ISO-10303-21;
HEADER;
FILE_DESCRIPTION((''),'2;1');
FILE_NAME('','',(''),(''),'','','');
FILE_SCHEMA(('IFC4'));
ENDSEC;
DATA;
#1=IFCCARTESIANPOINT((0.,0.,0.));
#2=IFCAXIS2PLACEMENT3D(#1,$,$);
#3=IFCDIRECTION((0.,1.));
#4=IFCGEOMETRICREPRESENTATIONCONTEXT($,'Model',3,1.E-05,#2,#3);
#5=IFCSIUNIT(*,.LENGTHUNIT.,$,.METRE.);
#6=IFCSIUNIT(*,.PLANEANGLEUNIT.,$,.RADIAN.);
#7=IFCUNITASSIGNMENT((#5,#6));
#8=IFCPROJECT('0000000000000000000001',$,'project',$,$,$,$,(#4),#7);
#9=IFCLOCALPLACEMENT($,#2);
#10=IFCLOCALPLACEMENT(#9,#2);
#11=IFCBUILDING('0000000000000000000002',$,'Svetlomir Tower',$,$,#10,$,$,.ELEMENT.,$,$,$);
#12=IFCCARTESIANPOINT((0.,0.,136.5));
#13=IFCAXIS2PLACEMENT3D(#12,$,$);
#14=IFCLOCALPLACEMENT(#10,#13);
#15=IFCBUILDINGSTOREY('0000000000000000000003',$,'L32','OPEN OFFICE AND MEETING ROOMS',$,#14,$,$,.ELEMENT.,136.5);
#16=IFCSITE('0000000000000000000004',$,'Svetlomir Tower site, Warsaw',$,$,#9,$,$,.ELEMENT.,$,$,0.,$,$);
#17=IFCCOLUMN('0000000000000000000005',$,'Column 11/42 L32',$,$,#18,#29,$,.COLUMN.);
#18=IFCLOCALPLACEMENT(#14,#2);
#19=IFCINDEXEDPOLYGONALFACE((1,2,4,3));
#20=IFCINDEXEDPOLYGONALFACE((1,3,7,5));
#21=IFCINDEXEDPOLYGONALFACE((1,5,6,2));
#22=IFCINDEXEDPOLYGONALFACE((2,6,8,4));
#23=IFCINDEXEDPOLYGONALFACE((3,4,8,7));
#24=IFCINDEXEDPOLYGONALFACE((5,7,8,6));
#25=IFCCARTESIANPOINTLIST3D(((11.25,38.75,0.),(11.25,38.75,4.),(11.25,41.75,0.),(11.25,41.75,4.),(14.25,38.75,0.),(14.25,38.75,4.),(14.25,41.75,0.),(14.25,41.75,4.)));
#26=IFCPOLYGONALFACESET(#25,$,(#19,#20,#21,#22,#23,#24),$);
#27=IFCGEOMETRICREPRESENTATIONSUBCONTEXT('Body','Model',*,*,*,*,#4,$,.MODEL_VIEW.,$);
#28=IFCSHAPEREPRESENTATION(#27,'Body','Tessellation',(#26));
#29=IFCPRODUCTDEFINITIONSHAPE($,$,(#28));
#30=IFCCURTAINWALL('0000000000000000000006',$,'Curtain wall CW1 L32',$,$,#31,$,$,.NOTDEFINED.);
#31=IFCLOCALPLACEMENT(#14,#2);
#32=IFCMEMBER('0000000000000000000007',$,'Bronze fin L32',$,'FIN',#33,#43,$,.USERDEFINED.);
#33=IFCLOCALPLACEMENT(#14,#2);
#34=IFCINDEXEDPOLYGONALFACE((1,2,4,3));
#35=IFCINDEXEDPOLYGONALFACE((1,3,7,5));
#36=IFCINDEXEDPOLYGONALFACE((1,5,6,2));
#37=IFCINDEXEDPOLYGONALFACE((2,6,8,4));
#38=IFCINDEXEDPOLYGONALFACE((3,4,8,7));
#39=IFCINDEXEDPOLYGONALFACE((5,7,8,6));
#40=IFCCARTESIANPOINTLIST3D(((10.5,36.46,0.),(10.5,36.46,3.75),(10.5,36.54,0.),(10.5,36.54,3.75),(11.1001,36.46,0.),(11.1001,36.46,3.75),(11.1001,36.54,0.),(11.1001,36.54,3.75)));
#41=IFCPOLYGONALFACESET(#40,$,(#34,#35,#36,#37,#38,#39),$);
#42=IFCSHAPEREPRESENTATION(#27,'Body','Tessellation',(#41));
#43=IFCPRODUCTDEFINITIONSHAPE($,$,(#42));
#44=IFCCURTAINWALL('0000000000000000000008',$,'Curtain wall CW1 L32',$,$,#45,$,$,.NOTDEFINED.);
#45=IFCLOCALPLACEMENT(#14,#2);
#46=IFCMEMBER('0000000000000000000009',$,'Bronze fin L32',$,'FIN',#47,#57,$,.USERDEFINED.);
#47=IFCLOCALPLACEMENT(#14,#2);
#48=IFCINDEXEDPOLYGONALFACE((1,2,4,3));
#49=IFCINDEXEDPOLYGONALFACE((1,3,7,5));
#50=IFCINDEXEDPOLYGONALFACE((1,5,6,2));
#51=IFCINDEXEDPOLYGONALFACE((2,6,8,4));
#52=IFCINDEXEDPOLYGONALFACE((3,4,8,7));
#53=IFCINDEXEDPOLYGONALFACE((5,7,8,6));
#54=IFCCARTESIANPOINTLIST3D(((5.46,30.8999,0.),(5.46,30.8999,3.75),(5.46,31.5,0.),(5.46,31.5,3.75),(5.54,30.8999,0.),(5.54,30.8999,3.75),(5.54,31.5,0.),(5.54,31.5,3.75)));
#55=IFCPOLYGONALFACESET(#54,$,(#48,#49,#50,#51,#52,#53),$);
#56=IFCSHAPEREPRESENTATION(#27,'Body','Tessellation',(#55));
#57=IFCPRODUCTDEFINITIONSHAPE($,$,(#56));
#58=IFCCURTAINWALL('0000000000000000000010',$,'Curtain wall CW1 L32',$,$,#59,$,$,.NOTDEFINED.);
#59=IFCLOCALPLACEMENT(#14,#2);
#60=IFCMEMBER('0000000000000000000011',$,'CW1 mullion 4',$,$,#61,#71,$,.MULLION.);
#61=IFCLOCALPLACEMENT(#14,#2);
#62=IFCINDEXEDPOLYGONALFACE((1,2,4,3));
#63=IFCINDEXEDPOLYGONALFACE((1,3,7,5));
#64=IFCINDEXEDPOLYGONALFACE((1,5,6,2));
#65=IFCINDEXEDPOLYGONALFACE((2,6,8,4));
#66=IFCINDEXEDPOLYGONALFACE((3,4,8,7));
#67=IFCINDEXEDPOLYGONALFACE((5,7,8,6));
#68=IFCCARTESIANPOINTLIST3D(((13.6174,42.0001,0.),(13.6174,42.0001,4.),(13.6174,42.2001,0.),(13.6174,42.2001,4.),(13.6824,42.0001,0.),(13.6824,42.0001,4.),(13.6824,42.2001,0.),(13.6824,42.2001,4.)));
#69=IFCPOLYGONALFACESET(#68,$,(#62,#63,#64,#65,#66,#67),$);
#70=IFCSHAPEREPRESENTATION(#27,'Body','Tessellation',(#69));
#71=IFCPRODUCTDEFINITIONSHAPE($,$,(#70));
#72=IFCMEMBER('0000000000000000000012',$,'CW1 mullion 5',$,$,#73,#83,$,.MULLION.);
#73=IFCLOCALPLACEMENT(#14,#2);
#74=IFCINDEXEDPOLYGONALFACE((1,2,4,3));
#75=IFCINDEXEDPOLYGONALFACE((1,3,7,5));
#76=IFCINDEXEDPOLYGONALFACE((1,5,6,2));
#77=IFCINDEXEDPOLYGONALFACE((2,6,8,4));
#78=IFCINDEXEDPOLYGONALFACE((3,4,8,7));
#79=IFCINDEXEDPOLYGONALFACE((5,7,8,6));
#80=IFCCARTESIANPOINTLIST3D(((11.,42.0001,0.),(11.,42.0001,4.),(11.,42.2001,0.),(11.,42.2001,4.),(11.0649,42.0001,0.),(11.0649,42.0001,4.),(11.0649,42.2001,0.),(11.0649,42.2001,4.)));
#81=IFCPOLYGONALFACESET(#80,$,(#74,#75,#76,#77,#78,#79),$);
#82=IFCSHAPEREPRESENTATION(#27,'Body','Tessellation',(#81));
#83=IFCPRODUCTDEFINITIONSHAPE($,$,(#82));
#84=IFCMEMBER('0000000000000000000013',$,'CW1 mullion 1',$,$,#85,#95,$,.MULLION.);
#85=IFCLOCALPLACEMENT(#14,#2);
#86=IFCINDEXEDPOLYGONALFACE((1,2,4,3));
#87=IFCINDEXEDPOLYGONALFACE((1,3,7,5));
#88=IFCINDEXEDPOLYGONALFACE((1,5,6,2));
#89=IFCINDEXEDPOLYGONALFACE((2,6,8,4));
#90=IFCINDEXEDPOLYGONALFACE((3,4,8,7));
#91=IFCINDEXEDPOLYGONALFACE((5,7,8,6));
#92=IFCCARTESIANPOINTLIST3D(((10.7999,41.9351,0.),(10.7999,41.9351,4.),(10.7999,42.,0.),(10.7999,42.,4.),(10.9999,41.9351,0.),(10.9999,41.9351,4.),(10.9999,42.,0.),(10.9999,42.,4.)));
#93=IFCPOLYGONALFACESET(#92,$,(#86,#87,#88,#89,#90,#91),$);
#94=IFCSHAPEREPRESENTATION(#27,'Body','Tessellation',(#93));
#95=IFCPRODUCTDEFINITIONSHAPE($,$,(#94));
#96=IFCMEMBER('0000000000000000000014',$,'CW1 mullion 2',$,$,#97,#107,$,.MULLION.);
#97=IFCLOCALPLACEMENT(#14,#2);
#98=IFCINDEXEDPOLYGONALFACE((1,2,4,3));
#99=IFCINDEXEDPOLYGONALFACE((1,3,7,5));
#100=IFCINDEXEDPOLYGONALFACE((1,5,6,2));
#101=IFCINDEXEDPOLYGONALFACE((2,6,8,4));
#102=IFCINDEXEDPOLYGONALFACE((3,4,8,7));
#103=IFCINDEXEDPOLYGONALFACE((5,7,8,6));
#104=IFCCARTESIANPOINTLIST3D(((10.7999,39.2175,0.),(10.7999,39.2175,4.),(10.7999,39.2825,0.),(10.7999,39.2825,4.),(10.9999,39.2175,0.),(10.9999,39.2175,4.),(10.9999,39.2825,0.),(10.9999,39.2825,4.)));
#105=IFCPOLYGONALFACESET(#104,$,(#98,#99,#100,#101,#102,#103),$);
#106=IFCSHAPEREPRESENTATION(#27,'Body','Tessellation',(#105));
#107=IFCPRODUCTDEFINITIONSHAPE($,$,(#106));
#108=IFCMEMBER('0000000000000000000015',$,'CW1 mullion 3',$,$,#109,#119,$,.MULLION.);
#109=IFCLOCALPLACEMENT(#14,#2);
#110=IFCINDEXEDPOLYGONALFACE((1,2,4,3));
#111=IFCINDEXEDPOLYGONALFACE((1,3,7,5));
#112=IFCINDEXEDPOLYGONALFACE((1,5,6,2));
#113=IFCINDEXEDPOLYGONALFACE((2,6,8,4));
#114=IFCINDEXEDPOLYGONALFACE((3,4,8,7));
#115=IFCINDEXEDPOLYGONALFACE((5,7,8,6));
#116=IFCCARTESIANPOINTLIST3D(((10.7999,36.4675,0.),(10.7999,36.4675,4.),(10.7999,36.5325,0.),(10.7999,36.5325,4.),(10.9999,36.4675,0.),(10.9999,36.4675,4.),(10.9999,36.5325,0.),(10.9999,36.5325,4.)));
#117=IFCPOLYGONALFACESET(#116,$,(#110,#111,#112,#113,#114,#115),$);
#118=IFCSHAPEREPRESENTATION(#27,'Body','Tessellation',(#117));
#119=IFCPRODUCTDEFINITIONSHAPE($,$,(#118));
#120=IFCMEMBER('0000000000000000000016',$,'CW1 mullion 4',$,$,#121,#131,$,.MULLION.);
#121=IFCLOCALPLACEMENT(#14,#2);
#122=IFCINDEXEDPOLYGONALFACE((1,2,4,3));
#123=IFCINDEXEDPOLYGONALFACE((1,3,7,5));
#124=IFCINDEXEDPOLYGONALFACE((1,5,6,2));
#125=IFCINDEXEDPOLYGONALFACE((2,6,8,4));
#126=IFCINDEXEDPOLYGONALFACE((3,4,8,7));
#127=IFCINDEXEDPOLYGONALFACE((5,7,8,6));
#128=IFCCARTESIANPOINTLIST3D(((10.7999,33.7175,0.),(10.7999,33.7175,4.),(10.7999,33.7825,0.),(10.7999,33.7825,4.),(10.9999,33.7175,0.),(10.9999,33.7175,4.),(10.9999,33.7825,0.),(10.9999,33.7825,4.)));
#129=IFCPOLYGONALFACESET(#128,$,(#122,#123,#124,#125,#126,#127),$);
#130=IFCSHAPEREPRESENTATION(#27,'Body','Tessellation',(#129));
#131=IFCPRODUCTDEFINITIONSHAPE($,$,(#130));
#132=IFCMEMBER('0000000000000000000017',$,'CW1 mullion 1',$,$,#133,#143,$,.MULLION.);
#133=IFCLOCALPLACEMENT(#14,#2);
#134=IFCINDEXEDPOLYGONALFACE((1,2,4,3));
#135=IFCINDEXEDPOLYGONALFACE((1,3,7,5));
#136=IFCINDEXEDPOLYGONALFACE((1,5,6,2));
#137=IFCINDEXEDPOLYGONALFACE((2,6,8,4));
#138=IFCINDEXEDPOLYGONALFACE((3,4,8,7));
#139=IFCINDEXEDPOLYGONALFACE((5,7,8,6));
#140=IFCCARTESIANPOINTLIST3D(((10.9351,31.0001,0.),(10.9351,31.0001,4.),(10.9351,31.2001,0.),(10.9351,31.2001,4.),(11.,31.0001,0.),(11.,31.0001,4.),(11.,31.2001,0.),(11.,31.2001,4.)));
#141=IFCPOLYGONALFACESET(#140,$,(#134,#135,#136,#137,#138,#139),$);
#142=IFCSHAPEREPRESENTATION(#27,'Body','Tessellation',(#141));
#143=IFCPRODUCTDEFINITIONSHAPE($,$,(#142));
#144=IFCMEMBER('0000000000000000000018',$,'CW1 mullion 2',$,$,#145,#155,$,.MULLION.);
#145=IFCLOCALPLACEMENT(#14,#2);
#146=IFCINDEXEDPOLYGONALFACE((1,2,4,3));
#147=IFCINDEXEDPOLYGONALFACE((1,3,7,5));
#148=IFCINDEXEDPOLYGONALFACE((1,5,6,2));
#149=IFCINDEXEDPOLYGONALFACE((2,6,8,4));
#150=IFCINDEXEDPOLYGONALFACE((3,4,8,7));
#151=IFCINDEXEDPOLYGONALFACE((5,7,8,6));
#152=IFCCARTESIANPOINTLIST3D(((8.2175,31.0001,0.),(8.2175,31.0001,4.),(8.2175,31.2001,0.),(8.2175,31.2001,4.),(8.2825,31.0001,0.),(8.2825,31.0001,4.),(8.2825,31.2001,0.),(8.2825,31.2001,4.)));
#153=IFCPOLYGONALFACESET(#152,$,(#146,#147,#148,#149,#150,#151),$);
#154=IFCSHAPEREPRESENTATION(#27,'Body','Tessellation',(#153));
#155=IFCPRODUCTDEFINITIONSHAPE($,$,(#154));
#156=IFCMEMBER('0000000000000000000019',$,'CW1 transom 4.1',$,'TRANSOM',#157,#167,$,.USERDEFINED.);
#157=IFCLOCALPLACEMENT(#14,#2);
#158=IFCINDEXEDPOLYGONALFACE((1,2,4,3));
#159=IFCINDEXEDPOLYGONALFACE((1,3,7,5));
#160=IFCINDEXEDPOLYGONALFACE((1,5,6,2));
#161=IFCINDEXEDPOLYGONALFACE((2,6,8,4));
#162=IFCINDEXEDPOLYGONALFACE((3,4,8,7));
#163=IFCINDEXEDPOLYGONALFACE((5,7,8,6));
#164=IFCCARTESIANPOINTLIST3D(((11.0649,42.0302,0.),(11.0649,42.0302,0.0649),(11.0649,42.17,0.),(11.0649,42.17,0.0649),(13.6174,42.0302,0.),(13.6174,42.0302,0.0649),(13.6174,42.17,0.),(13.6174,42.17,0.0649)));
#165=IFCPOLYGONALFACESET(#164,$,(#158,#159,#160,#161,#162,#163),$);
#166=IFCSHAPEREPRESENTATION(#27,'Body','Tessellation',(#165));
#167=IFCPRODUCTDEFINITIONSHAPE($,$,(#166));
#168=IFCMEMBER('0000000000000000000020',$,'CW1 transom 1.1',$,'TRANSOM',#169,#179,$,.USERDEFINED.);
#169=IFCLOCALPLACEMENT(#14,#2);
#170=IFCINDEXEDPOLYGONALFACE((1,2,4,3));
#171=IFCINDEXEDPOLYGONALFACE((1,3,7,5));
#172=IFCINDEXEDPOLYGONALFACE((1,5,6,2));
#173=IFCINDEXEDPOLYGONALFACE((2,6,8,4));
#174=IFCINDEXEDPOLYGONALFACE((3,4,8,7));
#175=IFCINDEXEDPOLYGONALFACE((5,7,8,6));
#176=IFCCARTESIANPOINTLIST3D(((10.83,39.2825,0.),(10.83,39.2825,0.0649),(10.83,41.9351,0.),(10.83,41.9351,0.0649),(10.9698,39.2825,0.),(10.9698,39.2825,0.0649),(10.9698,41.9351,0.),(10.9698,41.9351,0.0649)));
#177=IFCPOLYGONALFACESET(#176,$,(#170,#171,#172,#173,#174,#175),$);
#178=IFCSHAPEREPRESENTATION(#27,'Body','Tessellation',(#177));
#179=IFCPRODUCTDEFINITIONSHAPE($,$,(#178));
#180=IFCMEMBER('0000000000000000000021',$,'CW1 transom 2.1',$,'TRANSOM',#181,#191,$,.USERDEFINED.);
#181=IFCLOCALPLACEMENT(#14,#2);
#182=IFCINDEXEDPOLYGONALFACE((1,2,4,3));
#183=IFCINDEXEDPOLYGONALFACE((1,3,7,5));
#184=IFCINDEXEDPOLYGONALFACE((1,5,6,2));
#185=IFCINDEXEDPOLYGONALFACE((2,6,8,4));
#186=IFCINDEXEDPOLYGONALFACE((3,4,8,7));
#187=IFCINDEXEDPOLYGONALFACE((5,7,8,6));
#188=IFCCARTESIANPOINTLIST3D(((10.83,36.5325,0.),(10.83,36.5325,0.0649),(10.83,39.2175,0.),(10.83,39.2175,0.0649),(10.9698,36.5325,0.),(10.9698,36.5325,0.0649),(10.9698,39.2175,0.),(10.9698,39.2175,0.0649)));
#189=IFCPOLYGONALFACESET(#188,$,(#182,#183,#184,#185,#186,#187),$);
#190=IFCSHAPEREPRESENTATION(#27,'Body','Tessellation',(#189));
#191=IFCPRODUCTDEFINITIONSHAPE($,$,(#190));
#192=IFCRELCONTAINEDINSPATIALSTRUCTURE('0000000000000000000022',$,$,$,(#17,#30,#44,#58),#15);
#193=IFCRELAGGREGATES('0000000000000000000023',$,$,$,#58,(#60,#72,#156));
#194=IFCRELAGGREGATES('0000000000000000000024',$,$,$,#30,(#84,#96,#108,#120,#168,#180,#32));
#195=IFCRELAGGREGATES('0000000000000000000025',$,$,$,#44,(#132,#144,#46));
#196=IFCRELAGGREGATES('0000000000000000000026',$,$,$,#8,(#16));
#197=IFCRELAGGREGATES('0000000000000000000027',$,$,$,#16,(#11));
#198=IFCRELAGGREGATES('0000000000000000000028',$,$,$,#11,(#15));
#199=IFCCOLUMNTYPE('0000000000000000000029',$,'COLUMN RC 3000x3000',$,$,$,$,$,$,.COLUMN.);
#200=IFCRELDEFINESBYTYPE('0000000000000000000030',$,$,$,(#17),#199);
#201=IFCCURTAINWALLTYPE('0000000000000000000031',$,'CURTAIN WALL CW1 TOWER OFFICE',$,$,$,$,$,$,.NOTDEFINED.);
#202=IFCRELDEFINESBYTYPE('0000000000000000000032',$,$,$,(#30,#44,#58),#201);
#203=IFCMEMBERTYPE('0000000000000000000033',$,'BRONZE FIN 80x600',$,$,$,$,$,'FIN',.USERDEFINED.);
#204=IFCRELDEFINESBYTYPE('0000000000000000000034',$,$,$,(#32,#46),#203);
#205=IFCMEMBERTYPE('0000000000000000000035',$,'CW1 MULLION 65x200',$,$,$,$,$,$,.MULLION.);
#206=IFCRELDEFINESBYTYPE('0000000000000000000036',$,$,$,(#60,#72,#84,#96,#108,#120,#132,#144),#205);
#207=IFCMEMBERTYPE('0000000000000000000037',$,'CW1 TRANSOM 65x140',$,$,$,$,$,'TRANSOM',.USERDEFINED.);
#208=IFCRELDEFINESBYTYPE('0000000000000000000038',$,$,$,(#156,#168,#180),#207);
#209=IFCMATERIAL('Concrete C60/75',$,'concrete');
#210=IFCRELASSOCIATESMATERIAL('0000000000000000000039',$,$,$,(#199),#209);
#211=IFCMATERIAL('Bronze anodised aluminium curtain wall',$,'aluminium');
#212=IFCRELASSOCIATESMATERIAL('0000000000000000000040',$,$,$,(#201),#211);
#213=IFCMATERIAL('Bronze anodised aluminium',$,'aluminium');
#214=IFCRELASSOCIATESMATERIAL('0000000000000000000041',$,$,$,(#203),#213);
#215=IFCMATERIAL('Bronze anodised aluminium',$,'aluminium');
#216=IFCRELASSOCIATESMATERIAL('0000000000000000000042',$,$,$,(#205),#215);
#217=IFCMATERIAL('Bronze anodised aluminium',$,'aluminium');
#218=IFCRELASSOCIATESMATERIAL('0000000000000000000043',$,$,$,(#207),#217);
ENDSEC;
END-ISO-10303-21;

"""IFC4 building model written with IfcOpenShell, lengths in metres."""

from ifc_helpers import new_model, si_unit, direction, frame, origin, origin_2d, place, context, subcontext, project, spatial, rectangle, extrude, material, material_profile, profile_set, type_object, element, aggregate, save


model = new_model("IFC4")

# Units and contexts
model_context = context("Model", 3, precision=1e-05, world=origin(), true_north=direction((0.0, 1.0)))
body_context = subcontext(model_context, "Body", "Model", "MODEL_VIEW")
ifc_project = project(units=[si_unit("LENGTHUNIT", "METRE"), si_unit("PLANEANGLEUNIT", "RADIAN")], contexts=[model_context])

# Site, building, storey
site_placement = place(None, origin())
site = spatial("IfcSite", under=ifc_project, at=site_placement, Name="Svetlomir Tower site, Warsaw", CompositionType="ELEMENT", RefElevation=0.0)
building_placement = place(site_placement, origin())
building = spatial("IfcBuilding", under=site, at=building_placement, Name="Svetlomir Tower", CompositionType="ELEMENT")
storey_placement = place(building_placement, frame((0.0, 0.0, 136.5)))
storey = spatial("IfcBuildingStorey", under=building, at=storey_placement, Name="L32", Description="OPEN OFFICE AND MEETING ROOMS", CompositionType="ELEMENT", Elevation=136.5)

# Column
ifc_material_1 = material(Name="Concrete C60/75", Category="concrete")
ifc_material_profile_1 = material_profile(ifc_material_1, rectangle(XDim=3.0, YDim=3.0, at=origin_2d()), Name="RC 3000x3000")
ifc_profile_set_1 = profile_set([ifc_material_profile_1], Name="Concrete C60/75")
column_type = type_object("IfcColumnType", Name="COLUMN RC 3000x3000", PredefinedType="COLUMN", material=ifc_profile_set_1)
column_placement = place(storey_placement, frame((12.75, 40.25, 0.0), z_axis=(0.0, 0.0, 1.0), x_axis=(1.0, 0.0, 0.0)))
element("IfcColumn", 1, at=column_placement, inside=storey, type_object=column_type, Name="Column 11/42 L32", PredefinedType="COLUMN", context=body_context, shape_type="SweptSolid", body=[
    extrude(rectangle(XDim=3.0, YDim=3.0, at=origin_2d()), origin(), (0.0, 0.0, 1.0), 4.0),
])

# Curtain walls, members
ifc_material_2 = material(Name="Bronze anodised aluminium curtain wall", Category="aluminium")
curtain_wall_type = type_object("IfcCurtainWallType", Name="CURTAIN WALL CW1 TOWER OFFICE", PredefinedType="NOTDEFINED", material=ifc_material_2)
curtain_wall_1_placement = place(storey_placement, origin())
curtain_wall_1 = element("IfcCurtainWall", 2, at=curtain_wall_1_placement, inside=storey, type_object=curtain_wall_type, Name="Curtain wall CW1 L32", PredefinedType="NOTDEFINED")
ifc_material_3 = material(Name="Bronze anodised aluminium", Category="aluminium")
ifc_material_profile_2 = material_profile(ifc_material_3, rectangle(XDim=0.0801, YDim=0.6001, at=origin_2d()), Name="FIN 80x600")
ifc_profile_set_2 = profile_set([ifc_material_profile_2], Name="Bronze anodised aluminium 6063-T6")
member_type_1 = type_object("IfcMemberType", Name="BRONZE FIN 80x600", ElementType="FIN", PredefinedType="USERDEFINED", material=ifc_profile_set_2)
member_1_placement = place(storey_placement, frame((10.8, 36.5, 0.0), z_axis=(0.0, 0.0, 1.0), x_axis=(0.0, 1.0, 0.0)))
member_1 = element("IfcMember", 3, at=member_1_placement, type_object=member_type_1, Name="Bronze fin L32", ObjectType="FIN", PredefinedType="USERDEFINED", context=body_context, shape_type="SweptSolid", body=[
    extrude(rectangle(XDim=0.0801, YDim=0.6001, at=origin_2d()), origin(), (0.0, 0.0, 1.0), 3.75),
])
curtain_wall_2_placement = place(storey_placement, origin())
curtain_wall_2 = element("IfcCurtainWall", 4, at=curtain_wall_2_placement, inside=storey, type_object=curtain_wall_type, Name="Curtain wall CW1 L32", PredefinedType="NOTDEFINED")
member_2_placement = place(storey_placement, frame((5.5, 31.2, 0.0), z_axis=(0.0, 0.0, 1.0), x_axis=(1.0, 0.0, 0.0)))
member_2 = element("IfcMember", 5, at=member_2_placement, type_object=member_type_1, Name="Bronze fin L32", ObjectType="FIN", PredefinedType="USERDEFINED", context=body_context, shape_type="SweptSolid", body=[
    extrude(rectangle(XDim=0.0801, YDim=0.6001, at=origin_2d()), origin(), (0.0, 0.0, 1.0), 3.75),
])

# Curtain wall, members
curtain_wall_3_placement = place(storey_placement, origin())
curtain_wall_3 = element("IfcCurtainWall", 6, at=curtain_wall_3_placement, inside=storey, type_object=curtain_wall_type, Name="Curtain wall CW1 L32", PredefinedType="NOTDEFINED")
ifc_material_4 = material(Name="Bronze anodised aluminium", Category="aluminium")
ifc_material_profile_3 = material_profile(ifc_material_4, rectangle(XDim=0.0649, YDim=0.2, at=origin_2d()), Name="AL 65x200")
ifc_profile_set_3 = profile_set([ifc_material_profile_3], Name="Bronze anodised aluminium 6063-T6")
member_type_2 = type_object("IfcMemberType", Name="CW1 MULLION 65x200", PredefinedType="MULLION", material=ifc_profile_set_3)
member_3_placement = place(storey_placement, frame((13.6499, 42.1001, 0.0), z_axis=(0.0, 0.0, 1.0), x_axis=(-1.0, 0.0, 0.0)))
member_3 = element("IfcMember", 7, at=member_3_placement, type_object=member_type_2, Name="CW1 mullion 4", PredefinedType="MULLION", context=body_context, shape_type="SweptSolid", body=[
    extrude(rectangle(XDim=0.0649, YDim=0.2, at=origin_2d()), origin(), (0.0, 0.0, 1.0), 4.0),
])
member_4_placement = place(storey_placement, frame((11.0325, 42.1001, 0.0), z_axis=(0.0, 0.0, 1.0), x_axis=(-1.0, 0.0, 0.0)))
member_4 = element("IfcMember", 8, at=member_4_placement, type_object=member_type_2, Name="CW1 mullion 5", PredefinedType="MULLION", context=body_context, shape_type="SweptSolid", body=[
    extrude(rectangle(XDim=0.0649, YDim=0.2, at=origin_2d()), origin(), (0.0, 0.0, 1.0), 4.0),
])

# Members
member_5_placement = place(storey_placement, frame((10.8999, 41.9675, 0.0), z_axis=(0.0, 0.0, 1.0), x_axis=(0.0, -1.0, 0.0)))
member_5 = element("IfcMember", 9, at=member_5_placement, type_object=member_type_2, Name="CW1 mullion 1", PredefinedType="MULLION", context=body_context, shape_type="SweptSolid", body=[
    extrude(rectangle(XDim=0.0649, YDim=0.2, at=origin_2d()), origin(), (0.0, 0.0, 1.0), 4.0),
])
member_6_placement = place(storey_placement, frame((10.8999, 39.25, 0.0), z_axis=(0.0, 0.0, 1.0), x_axis=(0.0, -1.0, 0.0)))
member_6 = element("IfcMember", 10, at=member_6_placement, type_object=member_type_2, Name="CW1 mullion 2", PredefinedType="MULLION", context=body_context, shape_type="SweptSolid", body=[
    extrude(rectangle(XDim=0.0649, YDim=0.2, at=origin_2d()), origin(), (0.0, 0.0, 1.0), 4.0),
])
member_7_placement = place(storey_placement, frame((10.8999, 36.5, 0.0), z_axis=(0.0, 0.0, 1.0), x_axis=(0.0, -1.0, 0.0)))
member_7 = element("IfcMember", 11, at=member_7_placement, type_object=member_type_2, Name="CW1 mullion 3", PredefinedType="MULLION", context=body_context, shape_type="SweptSolid", body=[
    extrude(rectangle(XDim=0.0649, YDim=0.2, at=origin_2d()), origin(), (0.0, 0.0, 1.0), 4.0),
])
member_8_placement = place(storey_placement, frame((10.8999, 33.75, 0.0), z_axis=(0.0, 0.0, 1.0), x_axis=(0.0, -1.0, 0.0)))
member_8 = element("IfcMember", 12, at=member_8_placement, type_object=member_type_2, Name="CW1 mullion 4", PredefinedType="MULLION", context=body_context, shape_type="SweptSolid", body=[
    extrude(rectangle(XDim=0.0649, YDim=0.2, at=origin_2d()), origin(), (0.0, 0.0, 1.0), 4.0),
])
member_9_placement = place(storey_placement, frame((10.9675, 31.1001, 0.0), z_axis=(0.0, 0.0, 1.0), x_axis=(-1.0, 0.0, 0.0)))
member_9 = element("IfcMember", 13, at=member_9_placement, type_object=member_type_2, Name="CW1 mullion 1", PredefinedType="MULLION", context=body_context, shape_type="SweptSolid", body=[
    extrude(rectangle(XDim=0.0649, YDim=0.2, at=origin_2d()), origin(), (0.0, 0.0, 1.0), 4.0),
])
member_10_placement = place(storey_placement, frame((8.25, 31.1001, 0.0), z_axis=(0.0, 0.0, 1.0), x_axis=(-1.0, 0.0, 0.0)))
member_10 = element("IfcMember", 14, at=member_10_placement, type_object=member_type_2, Name="CW1 mullion 2", PredefinedType="MULLION", context=body_context, shape_type="SweptSolid", body=[
    extrude(rectangle(XDim=0.0649, YDim=0.2, at=origin_2d()), origin(), (0.0, 0.0, 1.0), 4.0),
])
ifc_material_5 = material(Name="Bronze anodised aluminium", Category="aluminium")
ifc_material_profile_4 = material_profile(ifc_material_5, rectangle(XDim=0.1399, YDim=0.0649, at=origin_2d()), Name="AL 140x65")
ifc_profile_set_4 = profile_set([ifc_material_profile_4], Name="Bronze anodised aluminium 6063-T6")
member_type_3 = type_object("IfcMemberType", Name="CW1 TRANSOM 65x140", ElementType="TRANSOM", PredefinedType="USERDEFINED", material=ifc_profile_set_4)
member_11_placement = place(storey_placement, frame((13.6174, 42.1001, 0.0325), z_axis=(-1.0, 0.0, 0.0), x_axis=(0.0, -1.0, 0.0)))
member_11 = element("IfcMember", 15, at=member_11_placement, type_object=member_type_3, Name="CW1 transom 4.1", ObjectType="TRANSOM", PredefinedType="USERDEFINED", context=body_context, shape_type="SweptSolid", body=[
    extrude(rectangle(XDim=0.1399, YDim=0.0649, at=origin_2d()), origin(), (0.0, 0.0, 1.0), 2.5525),
])
member_12_placement = place(storey_placement, frame((10.8999, 41.9351, 0.0325), z_axis=(0.0, -1.0, 0.0), x_axis=(1.0, 0.0, 0.0)))
member_12 = element("IfcMember", 16, at=member_12_placement, type_object=member_type_3, Name="CW1 transom 1.1", ObjectType="TRANSOM", PredefinedType="USERDEFINED", context=body_context, shape_type="SweptSolid", body=[
    extrude(rectangle(XDim=0.1399, YDim=0.0649, at=origin_2d()), origin(), (0.0, 0.0, 1.0), 2.6526),
])
member_13_placement = place(storey_placement, frame((10.8999, 39.2175, 0.0325), z_axis=(0.0, -1.0, 0.0), x_axis=(1.0, 0.0, 0.0)))
member_13 = element("IfcMember", 17, at=member_13_placement, type_object=member_type_3, Name="CW1 transom 2.1", ObjectType="TRANSOM", PredefinedType="USERDEFINED", context=body_context, shape_type="SweptSolid", body=[
    extrude(rectangle(XDim=0.1399, YDim=0.0649, at=origin_2d()), origin(), (0.0, 0.0, 1.0), 2.6851),
])

aggregate(curtain_wall_3, [member_3, member_4, member_11])
aggregate(curtain_wall_1, [member_5, member_6, member_7, member_8, member_12, member_13, member_1])
aggregate(curtain_wall_2, [member_9, member_10, member_2])

save(model, "model.ifc")
